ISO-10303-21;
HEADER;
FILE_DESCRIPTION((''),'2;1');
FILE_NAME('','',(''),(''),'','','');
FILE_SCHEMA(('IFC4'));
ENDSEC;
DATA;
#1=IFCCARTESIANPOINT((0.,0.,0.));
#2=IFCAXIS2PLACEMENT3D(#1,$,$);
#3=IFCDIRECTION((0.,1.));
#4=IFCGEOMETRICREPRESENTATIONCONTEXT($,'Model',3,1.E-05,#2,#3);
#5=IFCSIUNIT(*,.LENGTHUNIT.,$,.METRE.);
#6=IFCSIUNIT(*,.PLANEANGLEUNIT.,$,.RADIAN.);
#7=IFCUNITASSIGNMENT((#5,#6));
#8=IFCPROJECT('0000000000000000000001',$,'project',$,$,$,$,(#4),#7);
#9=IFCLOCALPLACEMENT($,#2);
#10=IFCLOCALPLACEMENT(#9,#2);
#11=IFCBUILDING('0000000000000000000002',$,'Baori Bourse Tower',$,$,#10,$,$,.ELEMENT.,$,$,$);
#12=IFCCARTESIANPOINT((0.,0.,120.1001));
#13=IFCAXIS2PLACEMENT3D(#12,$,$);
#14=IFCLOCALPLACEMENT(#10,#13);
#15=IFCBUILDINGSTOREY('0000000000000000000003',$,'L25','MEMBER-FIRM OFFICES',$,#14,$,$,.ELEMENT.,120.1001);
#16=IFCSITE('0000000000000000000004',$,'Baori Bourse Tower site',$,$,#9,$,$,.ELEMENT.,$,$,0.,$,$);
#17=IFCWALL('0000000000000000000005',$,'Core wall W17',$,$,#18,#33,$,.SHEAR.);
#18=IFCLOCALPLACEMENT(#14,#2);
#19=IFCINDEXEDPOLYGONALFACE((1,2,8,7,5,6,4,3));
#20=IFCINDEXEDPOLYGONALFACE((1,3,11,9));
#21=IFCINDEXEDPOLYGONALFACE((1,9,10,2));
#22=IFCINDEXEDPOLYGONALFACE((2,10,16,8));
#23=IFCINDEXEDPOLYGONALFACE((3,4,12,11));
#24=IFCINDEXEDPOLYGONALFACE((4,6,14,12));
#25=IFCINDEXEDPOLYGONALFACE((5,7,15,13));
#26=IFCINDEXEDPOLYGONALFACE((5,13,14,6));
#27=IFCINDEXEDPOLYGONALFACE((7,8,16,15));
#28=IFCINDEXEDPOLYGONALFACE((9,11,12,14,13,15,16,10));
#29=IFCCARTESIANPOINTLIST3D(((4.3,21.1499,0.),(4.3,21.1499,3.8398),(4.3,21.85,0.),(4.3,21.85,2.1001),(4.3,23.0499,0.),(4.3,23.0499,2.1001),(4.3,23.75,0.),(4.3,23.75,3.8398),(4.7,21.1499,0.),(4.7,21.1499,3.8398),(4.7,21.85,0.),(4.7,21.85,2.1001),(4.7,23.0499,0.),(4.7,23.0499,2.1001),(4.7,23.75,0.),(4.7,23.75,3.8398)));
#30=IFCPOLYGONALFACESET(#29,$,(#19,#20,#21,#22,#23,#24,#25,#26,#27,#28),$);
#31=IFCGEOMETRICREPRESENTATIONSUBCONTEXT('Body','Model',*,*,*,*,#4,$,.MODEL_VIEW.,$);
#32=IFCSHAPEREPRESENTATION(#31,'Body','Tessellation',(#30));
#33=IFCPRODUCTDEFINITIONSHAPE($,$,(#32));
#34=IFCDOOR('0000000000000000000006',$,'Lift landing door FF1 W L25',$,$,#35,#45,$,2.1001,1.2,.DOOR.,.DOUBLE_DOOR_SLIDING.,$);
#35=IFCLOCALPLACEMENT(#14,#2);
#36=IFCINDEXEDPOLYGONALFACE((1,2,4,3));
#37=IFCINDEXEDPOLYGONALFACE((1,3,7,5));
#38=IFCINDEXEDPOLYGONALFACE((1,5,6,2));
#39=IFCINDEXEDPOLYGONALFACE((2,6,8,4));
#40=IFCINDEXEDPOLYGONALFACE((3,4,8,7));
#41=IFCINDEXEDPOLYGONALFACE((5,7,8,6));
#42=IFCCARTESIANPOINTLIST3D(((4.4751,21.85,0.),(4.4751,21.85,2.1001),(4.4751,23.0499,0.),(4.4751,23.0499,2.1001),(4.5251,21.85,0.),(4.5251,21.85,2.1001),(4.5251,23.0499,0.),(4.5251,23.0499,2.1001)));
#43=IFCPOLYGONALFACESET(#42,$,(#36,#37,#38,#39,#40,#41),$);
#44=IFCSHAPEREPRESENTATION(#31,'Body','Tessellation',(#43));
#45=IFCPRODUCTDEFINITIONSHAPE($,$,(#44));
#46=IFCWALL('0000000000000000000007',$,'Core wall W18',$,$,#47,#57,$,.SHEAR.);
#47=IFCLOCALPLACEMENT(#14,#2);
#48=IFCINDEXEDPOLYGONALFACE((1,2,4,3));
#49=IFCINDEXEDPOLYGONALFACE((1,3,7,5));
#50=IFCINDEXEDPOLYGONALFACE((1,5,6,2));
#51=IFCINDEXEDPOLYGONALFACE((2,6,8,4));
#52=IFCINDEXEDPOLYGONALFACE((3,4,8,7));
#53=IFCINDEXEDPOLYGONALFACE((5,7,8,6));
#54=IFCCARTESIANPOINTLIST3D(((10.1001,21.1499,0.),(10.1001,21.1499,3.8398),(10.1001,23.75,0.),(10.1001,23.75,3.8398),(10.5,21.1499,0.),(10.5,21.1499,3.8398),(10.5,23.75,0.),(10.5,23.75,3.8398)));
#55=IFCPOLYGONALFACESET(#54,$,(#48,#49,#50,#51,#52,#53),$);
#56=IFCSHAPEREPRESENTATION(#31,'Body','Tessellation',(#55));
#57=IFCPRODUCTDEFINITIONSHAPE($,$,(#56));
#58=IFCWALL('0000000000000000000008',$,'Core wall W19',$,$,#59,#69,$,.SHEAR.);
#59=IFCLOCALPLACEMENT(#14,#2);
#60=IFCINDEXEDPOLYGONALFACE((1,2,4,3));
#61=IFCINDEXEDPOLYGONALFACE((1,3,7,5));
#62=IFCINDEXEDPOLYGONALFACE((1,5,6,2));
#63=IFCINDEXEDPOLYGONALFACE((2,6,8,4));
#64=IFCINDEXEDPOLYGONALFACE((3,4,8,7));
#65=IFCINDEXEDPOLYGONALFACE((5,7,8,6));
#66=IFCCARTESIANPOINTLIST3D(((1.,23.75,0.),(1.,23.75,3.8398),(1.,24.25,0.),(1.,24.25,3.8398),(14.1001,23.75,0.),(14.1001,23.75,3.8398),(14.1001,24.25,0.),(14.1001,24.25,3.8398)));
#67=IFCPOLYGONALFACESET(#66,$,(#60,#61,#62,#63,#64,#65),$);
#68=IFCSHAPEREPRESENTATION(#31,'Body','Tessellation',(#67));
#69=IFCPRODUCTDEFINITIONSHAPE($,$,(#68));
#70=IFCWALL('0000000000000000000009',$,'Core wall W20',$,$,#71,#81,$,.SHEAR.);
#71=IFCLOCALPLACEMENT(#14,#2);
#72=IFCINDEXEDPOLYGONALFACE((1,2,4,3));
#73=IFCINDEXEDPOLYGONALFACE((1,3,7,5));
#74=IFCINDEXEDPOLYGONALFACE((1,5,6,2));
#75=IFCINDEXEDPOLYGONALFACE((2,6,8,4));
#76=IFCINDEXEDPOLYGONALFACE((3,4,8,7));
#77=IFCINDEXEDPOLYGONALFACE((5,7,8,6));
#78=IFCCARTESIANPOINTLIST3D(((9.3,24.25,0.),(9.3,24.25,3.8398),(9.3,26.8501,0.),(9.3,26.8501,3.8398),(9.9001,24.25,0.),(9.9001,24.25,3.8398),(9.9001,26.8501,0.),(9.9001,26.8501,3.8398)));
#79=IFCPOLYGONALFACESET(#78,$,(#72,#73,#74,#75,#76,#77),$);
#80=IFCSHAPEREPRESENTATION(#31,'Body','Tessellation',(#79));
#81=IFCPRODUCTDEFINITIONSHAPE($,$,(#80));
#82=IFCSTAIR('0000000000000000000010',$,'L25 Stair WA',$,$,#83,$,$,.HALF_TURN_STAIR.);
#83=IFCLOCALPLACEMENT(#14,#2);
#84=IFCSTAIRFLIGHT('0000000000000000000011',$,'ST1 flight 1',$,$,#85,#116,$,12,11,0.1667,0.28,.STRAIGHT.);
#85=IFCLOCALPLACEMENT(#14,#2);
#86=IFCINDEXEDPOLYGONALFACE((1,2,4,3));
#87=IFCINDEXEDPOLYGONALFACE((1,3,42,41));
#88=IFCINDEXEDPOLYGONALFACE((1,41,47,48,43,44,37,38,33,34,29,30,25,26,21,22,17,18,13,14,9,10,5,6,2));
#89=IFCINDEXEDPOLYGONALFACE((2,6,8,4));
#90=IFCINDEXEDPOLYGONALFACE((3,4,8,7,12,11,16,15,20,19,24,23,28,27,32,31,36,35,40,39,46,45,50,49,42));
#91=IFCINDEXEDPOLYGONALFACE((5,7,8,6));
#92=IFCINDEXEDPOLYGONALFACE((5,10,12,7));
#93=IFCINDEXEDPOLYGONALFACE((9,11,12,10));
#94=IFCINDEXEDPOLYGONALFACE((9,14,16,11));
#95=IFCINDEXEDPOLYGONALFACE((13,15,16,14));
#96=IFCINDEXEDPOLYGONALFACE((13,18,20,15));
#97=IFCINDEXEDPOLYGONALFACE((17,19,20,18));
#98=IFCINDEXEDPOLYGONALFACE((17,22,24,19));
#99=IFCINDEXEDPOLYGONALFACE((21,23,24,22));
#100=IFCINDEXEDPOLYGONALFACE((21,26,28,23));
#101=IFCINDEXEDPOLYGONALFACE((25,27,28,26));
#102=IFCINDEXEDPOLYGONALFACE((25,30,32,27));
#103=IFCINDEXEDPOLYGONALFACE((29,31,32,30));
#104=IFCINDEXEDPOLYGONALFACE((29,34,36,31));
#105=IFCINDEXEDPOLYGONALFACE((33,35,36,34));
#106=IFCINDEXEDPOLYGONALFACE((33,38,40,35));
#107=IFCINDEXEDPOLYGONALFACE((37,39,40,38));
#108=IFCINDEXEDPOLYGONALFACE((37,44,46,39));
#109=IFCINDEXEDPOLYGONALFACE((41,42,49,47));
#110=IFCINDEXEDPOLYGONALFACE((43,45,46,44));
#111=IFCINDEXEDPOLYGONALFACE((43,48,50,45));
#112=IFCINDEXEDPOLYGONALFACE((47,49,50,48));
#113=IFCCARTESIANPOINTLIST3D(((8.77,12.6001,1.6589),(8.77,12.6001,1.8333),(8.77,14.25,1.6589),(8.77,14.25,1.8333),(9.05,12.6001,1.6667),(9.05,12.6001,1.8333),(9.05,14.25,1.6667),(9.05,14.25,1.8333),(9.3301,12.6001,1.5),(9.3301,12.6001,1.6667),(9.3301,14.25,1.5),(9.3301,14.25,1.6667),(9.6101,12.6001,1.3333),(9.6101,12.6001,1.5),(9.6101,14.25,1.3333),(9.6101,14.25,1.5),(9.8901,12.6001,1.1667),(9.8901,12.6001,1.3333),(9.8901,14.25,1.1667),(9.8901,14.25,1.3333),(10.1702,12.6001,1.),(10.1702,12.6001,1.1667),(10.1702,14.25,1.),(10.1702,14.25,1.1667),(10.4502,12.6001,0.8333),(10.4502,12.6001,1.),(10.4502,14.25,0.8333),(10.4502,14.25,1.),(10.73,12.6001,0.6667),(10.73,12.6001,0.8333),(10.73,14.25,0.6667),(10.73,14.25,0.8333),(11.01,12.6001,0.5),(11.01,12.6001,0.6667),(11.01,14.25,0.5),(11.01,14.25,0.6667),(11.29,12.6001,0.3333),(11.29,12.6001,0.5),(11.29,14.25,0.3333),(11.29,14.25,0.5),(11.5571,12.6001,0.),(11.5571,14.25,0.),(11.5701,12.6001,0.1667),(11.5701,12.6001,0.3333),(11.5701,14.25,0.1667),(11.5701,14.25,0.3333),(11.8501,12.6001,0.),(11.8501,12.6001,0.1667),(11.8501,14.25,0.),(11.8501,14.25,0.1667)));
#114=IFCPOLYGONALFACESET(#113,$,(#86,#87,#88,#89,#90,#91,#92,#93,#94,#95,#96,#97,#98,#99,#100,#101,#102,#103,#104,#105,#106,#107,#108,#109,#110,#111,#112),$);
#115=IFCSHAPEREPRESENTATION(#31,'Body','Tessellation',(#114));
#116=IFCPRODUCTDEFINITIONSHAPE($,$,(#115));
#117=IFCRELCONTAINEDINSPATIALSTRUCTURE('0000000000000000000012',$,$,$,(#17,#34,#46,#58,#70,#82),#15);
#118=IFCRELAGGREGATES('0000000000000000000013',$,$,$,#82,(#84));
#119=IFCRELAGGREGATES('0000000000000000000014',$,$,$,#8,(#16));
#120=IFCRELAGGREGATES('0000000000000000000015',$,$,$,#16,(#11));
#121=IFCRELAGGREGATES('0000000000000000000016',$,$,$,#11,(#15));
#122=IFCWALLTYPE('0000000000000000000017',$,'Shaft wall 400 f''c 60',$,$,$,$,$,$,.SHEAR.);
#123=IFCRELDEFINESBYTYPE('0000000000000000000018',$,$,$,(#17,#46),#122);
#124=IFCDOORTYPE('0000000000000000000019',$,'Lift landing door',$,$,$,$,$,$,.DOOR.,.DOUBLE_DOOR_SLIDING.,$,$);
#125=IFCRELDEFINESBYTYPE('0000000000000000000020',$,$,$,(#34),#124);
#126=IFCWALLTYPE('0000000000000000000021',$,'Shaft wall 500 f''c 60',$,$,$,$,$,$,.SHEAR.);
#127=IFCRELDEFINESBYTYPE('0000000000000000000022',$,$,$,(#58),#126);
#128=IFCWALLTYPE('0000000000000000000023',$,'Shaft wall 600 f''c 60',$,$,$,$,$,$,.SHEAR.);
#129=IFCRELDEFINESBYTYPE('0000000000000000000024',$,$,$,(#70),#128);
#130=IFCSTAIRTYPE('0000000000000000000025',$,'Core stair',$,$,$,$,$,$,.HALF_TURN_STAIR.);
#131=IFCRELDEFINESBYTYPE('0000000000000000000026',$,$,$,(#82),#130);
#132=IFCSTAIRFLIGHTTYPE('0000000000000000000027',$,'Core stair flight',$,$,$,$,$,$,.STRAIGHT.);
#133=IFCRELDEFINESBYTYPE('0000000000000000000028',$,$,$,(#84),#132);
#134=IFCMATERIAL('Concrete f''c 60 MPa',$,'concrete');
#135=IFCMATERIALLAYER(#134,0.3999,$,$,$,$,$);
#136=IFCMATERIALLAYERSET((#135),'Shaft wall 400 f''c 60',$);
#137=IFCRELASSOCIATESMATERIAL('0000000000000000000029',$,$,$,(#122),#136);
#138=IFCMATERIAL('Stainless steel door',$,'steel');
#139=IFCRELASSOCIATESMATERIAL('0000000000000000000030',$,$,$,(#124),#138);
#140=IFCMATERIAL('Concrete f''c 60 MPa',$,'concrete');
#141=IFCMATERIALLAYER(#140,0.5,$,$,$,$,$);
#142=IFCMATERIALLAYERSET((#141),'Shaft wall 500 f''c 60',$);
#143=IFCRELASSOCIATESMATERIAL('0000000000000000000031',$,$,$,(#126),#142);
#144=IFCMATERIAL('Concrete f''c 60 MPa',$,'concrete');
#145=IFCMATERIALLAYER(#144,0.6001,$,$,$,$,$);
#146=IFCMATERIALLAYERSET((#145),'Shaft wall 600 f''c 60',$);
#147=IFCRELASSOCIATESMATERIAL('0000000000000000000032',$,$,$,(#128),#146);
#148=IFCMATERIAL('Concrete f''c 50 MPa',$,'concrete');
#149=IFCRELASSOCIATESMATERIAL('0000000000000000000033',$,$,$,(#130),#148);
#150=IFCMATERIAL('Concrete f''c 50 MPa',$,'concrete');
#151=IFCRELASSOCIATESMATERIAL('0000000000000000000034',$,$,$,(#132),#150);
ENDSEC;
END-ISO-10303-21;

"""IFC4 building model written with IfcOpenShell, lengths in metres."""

from ifc_helpers import new_model, si_unit, direction, frame, frame_2d, origin, place, context, subcontext, project, spatial, polyline, rectangle, outline, extrude, material, layer, layer_set, type_object, element, fill, aggregate, save


model = new_model("IFC4")

# Units and contexts
model_context = context("Model", 3, precision=1e-05, world=origin(), true_north=direction((0.0, 1.0)))
body_context = subcontext(model_context, "Body", "Model", "MODEL_VIEW")
ifc_project = project(units=[si_unit("LENGTHUNIT", "METRE"), si_unit("PLANEANGLEUNIT", "RADIAN")], contexts=[model_context])

# Site, building, storey
site_placement = place(None, origin())
site = spatial("IfcSite", under=ifc_project, at=site_placement, Name="Baori Bourse Tower site", CompositionType="ELEMENT", RefElevation=0.0)
building_placement = place(site_placement, origin())
building = spatial("IfcBuilding", under=site, at=building_placement, Name="Baori Bourse Tower", CompositionType="ELEMENT")
storey_placement = place(building_placement, frame((0.0, 0.0, 120.1001)))
storey = spatial("IfcBuildingStorey", under=building, at=storey_placement, Name="L25", Description="MEMBER-FIRM OFFICES", CompositionType="ELEMENT", Elevation=120.1001)

# Shared definitions
ifc_material_1 = material(Name="Concrete f'c 60 MPa", Category="concrete")
ifc_layer_1 = layer(ifc_material_1, 0.3999)
ifc_layer_set_1 = layer_set([ifc_layer_1], Name="Shaft wall 400 f'c 60")
wall_type_1 = type_object("IfcWallType", Name="Shaft wall 400 f'c 60", PredefinedType="SHEAR", material=ifc_layer_set_1)

# Wall, opening, door
wall_1_placement = place(storey_placement, frame((4.5, 21.1499, 0.0), z_axis=(0.0, 0.0, 1.0), x_axis=(0.0, 1.0, 0.0)))
wall_1 = element("IfcWall", 1, at=wall_1_placement, inside=storey, type_object=wall_type_1, Name="Core wall W17", PredefinedType="SHEAR", context=body_context, shape_type="SweptSolid", body=[
    extrude(rectangle(XDim=2.6001, YDim=0.3999, at=frame_2d((1.3, 0.0))), origin(), (0.0, 0.0, 1.0), 3.8398),
])
opening_1_placement = place(wall_1_placement, frame((0.7, 0.0, 0.0)))
opening_1 = element("IfcOpeningElement", 2, at=opening_1_placement, cuts=wall_1, PredefinedType="OPENING", context=body_context, shape_type="SweptSolid", body=[
    extrude(rectangle(XDim=1.2, YDim=2.1001, at=frame_2d((0.6001, 1.05))), frame((0.0, 0.21, 0.0), z_axis=(0.0, -1.0, 0.0), x_axis=(1.0, 0.0, 0.0)), (0.0, 0.0, 1.0), 0.4199),
])
ifc_material_2 = material(Name="Stainless steel door", Category="steel")
door_type_1 = type_object("IfcDoorType", Name="Lift landing door", OperationType="DOUBLE_DOOR_SLIDING", PredefinedType="DOOR", material=ifc_material_2)
door_1_placement = place(opening_1_placement, origin())
door_1 = element("IfcDoor", 3, at=door_1_placement, inside=storey, type_object=door_type_1, Name="Lift landing door FF1 W L25", OperationType="DOUBLE_DOOR_SLIDING", OverallHeight=2.1001, OverallWidth=1.2, PredefinedType="DOOR", context=body_context, shape_type="SweptSolid", body=[
    extrude(rectangle(XDim=1.2, YDim=2.1001, at=frame_2d((0.6001, 1.05))), frame((0.0, 0.0249, 0.0), z_axis=(0.0, -1.0, 0.0), x_axis=(1.0, 0.0, 0.0)), (0.0, 0.0, 1.0), 0.05),
])
fill(opening_1, door_1)

# Walls
wall_2_placement = place(storey_placement, frame((10.3, 21.1499, 0.0), z_axis=(0.0, 0.0, 1.0), x_axis=(0.0, 1.0, 0.0)))
element("IfcWall", 4, at=wall_2_placement, inside=storey, type_object=wall_type_1, Name="Core wall W18", PredefinedType="SHEAR", context=body_context, shape_type="SweptSolid", body=[
    extrude(rectangle(XDim=2.6001, YDim=0.3999, at=frame_2d((1.3, 0.0))), origin(), (0.0, 0.0, 1.0), 3.8398),
])
ifc_material_3 = material(Name="Concrete f'c 60 MPa", Category="concrete")
ifc_layer_2 = layer(ifc_material_3, 0.5)
ifc_layer_set_2 = layer_set([ifc_layer_2], Name="Shaft wall 500 f'c 60")
wall_type_2 = type_object("IfcWallType", Name="Shaft wall 500 f'c 60", PredefinedType="SHEAR", material=ifc_layer_set_2)
wall_3_placement = place(storey_placement, frame((1.0, 24.0, 0.0), z_axis=(0.0, 0.0, 1.0), x_axis=(1.0, 0.0, 0.0)))
element("IfcWall", 5, at=wall_3_placement, inside=storey, type_object=wall_type_2, Name="Core wall W19", PredefinedType="SHEAR", context=body_context, shape_type="SweptSolid", body=[
    extrude(rectangle(XDim=13.1001, YDim=0.5, at=frame_2d((6.55, 0.0))), origin(), (0.0, 0.0, 1.0), 3.8398),
])
ifc_material_4 = material(Name="Concrete f'c 60 MPa", Category="concrete")
ifc_layer_3 = layer(ifc_material_4, 0.6001)
ifc_layer_set_3 = layer_set([ifc_layer_3], Name="Shaft wall 600 f'c 60")
wall_type_3 = type_object("IfcWallType", Name="Shaft wall 600 f'c 60", PredefinedType="SHEAR", material=ifc_layer_set_3)
wall_4_placement = place(storey_placement, frame((9.6001, 24.25, 0.0), z_axis=(0.0, 0.0, 1.0), x_axis=(0.0, 1.0, 0.0)))
element("IfcWall", 6, at=wall_4_placement, inside=storey, type_object=wall_type_3, Name="Core wall W20", PredefinedType="SHEAR", context=body_context, shape_type="SweptSolid", body=[
    extrude(rectangle(XDim=2.6001, YDim=0.6001, at=frame_2d((1.3, 0.0))), origin(), (0.0, 0.0, 1.0), 3.8398),
])

# Stair, stair flight
ifc_material_5 = material(Name="Concrete f'c 50 MPa", Category="concrete")
stair_type = type_object("IfcStairType", Name="Core stair", PredefinedType="HALF_TURN_STAIR", material=ifc_material_5)
stair_placement = place(storey_placement, origin())
stair = element("IfcStair", 7, at=stair_placement, inside=storey, type_object=stair_type, Name="L25 Stair WA", PredefinedType="HALF_TURN_STAIR")
ifc_material_6 = material(Name="Concrete f'c 50 MPa", Category="concrete")
stair_flight_type = type_object("IfcStairFlightType", Name="Core stair flight", PredefinedType="STRAIGHT", material=ifc_material_6)
stair_flight_placement = place(storey_placement, frame((11.8501, 13.425, 0.0), z_axis=(0.0, 0.0, 1.0), x_axis=(-1.0, 0.0, 0.0)))
stair_flight = element("IfcStairFlight", 8, at=stair_flight_placement, type_object=stair_flight_type, Name="ST1 flight 1", NumberOfRisers=12, NumberOfTreads=11, PredefinedType="STRAIGHT", RiserHeight=0.1667, TreadLength=0.28, context=body_context, shape_type="SweptSolid", body=[
    extrude(outline(polyline([(0.0, 0.0), (0.0, 0.1667), (0.28, 0.1667), (0.28, 0.3333), (0.5601, 0.3333), (0.5601, 0.5), (0.8401, 0.5), (0.8401, 0.6667), (1.1201, 0.6667), (1.1201, 0.8333), (1.3999, 0.8333), (1.3999, 1.0), (1.6799, 1.0), (1.6799, 1.1667), (1.96, 1.1667), (1.96, 1.3333), (2.24, 1.3333), (2.24, 1.5), (2.52, 1.5), (2.52, 1.6667), (2.8, 1.6667), (2.8, 1.8333), (3.0801, 1.8333), (3.0801, 2.0), (3.0801, 1.6589), (0.293, 0.0), (0.0, 0.0)])), frame((0.0, 0.825, 0.0), z_axis=(0.0, -1.0, 0.0), x_axis=(1.0, 0.0, 0.0)), (0.0, 0.0, 1.0), 1.6499),
])
aggregate(stair, [stair_flight])

save(model, "model.ifc")
